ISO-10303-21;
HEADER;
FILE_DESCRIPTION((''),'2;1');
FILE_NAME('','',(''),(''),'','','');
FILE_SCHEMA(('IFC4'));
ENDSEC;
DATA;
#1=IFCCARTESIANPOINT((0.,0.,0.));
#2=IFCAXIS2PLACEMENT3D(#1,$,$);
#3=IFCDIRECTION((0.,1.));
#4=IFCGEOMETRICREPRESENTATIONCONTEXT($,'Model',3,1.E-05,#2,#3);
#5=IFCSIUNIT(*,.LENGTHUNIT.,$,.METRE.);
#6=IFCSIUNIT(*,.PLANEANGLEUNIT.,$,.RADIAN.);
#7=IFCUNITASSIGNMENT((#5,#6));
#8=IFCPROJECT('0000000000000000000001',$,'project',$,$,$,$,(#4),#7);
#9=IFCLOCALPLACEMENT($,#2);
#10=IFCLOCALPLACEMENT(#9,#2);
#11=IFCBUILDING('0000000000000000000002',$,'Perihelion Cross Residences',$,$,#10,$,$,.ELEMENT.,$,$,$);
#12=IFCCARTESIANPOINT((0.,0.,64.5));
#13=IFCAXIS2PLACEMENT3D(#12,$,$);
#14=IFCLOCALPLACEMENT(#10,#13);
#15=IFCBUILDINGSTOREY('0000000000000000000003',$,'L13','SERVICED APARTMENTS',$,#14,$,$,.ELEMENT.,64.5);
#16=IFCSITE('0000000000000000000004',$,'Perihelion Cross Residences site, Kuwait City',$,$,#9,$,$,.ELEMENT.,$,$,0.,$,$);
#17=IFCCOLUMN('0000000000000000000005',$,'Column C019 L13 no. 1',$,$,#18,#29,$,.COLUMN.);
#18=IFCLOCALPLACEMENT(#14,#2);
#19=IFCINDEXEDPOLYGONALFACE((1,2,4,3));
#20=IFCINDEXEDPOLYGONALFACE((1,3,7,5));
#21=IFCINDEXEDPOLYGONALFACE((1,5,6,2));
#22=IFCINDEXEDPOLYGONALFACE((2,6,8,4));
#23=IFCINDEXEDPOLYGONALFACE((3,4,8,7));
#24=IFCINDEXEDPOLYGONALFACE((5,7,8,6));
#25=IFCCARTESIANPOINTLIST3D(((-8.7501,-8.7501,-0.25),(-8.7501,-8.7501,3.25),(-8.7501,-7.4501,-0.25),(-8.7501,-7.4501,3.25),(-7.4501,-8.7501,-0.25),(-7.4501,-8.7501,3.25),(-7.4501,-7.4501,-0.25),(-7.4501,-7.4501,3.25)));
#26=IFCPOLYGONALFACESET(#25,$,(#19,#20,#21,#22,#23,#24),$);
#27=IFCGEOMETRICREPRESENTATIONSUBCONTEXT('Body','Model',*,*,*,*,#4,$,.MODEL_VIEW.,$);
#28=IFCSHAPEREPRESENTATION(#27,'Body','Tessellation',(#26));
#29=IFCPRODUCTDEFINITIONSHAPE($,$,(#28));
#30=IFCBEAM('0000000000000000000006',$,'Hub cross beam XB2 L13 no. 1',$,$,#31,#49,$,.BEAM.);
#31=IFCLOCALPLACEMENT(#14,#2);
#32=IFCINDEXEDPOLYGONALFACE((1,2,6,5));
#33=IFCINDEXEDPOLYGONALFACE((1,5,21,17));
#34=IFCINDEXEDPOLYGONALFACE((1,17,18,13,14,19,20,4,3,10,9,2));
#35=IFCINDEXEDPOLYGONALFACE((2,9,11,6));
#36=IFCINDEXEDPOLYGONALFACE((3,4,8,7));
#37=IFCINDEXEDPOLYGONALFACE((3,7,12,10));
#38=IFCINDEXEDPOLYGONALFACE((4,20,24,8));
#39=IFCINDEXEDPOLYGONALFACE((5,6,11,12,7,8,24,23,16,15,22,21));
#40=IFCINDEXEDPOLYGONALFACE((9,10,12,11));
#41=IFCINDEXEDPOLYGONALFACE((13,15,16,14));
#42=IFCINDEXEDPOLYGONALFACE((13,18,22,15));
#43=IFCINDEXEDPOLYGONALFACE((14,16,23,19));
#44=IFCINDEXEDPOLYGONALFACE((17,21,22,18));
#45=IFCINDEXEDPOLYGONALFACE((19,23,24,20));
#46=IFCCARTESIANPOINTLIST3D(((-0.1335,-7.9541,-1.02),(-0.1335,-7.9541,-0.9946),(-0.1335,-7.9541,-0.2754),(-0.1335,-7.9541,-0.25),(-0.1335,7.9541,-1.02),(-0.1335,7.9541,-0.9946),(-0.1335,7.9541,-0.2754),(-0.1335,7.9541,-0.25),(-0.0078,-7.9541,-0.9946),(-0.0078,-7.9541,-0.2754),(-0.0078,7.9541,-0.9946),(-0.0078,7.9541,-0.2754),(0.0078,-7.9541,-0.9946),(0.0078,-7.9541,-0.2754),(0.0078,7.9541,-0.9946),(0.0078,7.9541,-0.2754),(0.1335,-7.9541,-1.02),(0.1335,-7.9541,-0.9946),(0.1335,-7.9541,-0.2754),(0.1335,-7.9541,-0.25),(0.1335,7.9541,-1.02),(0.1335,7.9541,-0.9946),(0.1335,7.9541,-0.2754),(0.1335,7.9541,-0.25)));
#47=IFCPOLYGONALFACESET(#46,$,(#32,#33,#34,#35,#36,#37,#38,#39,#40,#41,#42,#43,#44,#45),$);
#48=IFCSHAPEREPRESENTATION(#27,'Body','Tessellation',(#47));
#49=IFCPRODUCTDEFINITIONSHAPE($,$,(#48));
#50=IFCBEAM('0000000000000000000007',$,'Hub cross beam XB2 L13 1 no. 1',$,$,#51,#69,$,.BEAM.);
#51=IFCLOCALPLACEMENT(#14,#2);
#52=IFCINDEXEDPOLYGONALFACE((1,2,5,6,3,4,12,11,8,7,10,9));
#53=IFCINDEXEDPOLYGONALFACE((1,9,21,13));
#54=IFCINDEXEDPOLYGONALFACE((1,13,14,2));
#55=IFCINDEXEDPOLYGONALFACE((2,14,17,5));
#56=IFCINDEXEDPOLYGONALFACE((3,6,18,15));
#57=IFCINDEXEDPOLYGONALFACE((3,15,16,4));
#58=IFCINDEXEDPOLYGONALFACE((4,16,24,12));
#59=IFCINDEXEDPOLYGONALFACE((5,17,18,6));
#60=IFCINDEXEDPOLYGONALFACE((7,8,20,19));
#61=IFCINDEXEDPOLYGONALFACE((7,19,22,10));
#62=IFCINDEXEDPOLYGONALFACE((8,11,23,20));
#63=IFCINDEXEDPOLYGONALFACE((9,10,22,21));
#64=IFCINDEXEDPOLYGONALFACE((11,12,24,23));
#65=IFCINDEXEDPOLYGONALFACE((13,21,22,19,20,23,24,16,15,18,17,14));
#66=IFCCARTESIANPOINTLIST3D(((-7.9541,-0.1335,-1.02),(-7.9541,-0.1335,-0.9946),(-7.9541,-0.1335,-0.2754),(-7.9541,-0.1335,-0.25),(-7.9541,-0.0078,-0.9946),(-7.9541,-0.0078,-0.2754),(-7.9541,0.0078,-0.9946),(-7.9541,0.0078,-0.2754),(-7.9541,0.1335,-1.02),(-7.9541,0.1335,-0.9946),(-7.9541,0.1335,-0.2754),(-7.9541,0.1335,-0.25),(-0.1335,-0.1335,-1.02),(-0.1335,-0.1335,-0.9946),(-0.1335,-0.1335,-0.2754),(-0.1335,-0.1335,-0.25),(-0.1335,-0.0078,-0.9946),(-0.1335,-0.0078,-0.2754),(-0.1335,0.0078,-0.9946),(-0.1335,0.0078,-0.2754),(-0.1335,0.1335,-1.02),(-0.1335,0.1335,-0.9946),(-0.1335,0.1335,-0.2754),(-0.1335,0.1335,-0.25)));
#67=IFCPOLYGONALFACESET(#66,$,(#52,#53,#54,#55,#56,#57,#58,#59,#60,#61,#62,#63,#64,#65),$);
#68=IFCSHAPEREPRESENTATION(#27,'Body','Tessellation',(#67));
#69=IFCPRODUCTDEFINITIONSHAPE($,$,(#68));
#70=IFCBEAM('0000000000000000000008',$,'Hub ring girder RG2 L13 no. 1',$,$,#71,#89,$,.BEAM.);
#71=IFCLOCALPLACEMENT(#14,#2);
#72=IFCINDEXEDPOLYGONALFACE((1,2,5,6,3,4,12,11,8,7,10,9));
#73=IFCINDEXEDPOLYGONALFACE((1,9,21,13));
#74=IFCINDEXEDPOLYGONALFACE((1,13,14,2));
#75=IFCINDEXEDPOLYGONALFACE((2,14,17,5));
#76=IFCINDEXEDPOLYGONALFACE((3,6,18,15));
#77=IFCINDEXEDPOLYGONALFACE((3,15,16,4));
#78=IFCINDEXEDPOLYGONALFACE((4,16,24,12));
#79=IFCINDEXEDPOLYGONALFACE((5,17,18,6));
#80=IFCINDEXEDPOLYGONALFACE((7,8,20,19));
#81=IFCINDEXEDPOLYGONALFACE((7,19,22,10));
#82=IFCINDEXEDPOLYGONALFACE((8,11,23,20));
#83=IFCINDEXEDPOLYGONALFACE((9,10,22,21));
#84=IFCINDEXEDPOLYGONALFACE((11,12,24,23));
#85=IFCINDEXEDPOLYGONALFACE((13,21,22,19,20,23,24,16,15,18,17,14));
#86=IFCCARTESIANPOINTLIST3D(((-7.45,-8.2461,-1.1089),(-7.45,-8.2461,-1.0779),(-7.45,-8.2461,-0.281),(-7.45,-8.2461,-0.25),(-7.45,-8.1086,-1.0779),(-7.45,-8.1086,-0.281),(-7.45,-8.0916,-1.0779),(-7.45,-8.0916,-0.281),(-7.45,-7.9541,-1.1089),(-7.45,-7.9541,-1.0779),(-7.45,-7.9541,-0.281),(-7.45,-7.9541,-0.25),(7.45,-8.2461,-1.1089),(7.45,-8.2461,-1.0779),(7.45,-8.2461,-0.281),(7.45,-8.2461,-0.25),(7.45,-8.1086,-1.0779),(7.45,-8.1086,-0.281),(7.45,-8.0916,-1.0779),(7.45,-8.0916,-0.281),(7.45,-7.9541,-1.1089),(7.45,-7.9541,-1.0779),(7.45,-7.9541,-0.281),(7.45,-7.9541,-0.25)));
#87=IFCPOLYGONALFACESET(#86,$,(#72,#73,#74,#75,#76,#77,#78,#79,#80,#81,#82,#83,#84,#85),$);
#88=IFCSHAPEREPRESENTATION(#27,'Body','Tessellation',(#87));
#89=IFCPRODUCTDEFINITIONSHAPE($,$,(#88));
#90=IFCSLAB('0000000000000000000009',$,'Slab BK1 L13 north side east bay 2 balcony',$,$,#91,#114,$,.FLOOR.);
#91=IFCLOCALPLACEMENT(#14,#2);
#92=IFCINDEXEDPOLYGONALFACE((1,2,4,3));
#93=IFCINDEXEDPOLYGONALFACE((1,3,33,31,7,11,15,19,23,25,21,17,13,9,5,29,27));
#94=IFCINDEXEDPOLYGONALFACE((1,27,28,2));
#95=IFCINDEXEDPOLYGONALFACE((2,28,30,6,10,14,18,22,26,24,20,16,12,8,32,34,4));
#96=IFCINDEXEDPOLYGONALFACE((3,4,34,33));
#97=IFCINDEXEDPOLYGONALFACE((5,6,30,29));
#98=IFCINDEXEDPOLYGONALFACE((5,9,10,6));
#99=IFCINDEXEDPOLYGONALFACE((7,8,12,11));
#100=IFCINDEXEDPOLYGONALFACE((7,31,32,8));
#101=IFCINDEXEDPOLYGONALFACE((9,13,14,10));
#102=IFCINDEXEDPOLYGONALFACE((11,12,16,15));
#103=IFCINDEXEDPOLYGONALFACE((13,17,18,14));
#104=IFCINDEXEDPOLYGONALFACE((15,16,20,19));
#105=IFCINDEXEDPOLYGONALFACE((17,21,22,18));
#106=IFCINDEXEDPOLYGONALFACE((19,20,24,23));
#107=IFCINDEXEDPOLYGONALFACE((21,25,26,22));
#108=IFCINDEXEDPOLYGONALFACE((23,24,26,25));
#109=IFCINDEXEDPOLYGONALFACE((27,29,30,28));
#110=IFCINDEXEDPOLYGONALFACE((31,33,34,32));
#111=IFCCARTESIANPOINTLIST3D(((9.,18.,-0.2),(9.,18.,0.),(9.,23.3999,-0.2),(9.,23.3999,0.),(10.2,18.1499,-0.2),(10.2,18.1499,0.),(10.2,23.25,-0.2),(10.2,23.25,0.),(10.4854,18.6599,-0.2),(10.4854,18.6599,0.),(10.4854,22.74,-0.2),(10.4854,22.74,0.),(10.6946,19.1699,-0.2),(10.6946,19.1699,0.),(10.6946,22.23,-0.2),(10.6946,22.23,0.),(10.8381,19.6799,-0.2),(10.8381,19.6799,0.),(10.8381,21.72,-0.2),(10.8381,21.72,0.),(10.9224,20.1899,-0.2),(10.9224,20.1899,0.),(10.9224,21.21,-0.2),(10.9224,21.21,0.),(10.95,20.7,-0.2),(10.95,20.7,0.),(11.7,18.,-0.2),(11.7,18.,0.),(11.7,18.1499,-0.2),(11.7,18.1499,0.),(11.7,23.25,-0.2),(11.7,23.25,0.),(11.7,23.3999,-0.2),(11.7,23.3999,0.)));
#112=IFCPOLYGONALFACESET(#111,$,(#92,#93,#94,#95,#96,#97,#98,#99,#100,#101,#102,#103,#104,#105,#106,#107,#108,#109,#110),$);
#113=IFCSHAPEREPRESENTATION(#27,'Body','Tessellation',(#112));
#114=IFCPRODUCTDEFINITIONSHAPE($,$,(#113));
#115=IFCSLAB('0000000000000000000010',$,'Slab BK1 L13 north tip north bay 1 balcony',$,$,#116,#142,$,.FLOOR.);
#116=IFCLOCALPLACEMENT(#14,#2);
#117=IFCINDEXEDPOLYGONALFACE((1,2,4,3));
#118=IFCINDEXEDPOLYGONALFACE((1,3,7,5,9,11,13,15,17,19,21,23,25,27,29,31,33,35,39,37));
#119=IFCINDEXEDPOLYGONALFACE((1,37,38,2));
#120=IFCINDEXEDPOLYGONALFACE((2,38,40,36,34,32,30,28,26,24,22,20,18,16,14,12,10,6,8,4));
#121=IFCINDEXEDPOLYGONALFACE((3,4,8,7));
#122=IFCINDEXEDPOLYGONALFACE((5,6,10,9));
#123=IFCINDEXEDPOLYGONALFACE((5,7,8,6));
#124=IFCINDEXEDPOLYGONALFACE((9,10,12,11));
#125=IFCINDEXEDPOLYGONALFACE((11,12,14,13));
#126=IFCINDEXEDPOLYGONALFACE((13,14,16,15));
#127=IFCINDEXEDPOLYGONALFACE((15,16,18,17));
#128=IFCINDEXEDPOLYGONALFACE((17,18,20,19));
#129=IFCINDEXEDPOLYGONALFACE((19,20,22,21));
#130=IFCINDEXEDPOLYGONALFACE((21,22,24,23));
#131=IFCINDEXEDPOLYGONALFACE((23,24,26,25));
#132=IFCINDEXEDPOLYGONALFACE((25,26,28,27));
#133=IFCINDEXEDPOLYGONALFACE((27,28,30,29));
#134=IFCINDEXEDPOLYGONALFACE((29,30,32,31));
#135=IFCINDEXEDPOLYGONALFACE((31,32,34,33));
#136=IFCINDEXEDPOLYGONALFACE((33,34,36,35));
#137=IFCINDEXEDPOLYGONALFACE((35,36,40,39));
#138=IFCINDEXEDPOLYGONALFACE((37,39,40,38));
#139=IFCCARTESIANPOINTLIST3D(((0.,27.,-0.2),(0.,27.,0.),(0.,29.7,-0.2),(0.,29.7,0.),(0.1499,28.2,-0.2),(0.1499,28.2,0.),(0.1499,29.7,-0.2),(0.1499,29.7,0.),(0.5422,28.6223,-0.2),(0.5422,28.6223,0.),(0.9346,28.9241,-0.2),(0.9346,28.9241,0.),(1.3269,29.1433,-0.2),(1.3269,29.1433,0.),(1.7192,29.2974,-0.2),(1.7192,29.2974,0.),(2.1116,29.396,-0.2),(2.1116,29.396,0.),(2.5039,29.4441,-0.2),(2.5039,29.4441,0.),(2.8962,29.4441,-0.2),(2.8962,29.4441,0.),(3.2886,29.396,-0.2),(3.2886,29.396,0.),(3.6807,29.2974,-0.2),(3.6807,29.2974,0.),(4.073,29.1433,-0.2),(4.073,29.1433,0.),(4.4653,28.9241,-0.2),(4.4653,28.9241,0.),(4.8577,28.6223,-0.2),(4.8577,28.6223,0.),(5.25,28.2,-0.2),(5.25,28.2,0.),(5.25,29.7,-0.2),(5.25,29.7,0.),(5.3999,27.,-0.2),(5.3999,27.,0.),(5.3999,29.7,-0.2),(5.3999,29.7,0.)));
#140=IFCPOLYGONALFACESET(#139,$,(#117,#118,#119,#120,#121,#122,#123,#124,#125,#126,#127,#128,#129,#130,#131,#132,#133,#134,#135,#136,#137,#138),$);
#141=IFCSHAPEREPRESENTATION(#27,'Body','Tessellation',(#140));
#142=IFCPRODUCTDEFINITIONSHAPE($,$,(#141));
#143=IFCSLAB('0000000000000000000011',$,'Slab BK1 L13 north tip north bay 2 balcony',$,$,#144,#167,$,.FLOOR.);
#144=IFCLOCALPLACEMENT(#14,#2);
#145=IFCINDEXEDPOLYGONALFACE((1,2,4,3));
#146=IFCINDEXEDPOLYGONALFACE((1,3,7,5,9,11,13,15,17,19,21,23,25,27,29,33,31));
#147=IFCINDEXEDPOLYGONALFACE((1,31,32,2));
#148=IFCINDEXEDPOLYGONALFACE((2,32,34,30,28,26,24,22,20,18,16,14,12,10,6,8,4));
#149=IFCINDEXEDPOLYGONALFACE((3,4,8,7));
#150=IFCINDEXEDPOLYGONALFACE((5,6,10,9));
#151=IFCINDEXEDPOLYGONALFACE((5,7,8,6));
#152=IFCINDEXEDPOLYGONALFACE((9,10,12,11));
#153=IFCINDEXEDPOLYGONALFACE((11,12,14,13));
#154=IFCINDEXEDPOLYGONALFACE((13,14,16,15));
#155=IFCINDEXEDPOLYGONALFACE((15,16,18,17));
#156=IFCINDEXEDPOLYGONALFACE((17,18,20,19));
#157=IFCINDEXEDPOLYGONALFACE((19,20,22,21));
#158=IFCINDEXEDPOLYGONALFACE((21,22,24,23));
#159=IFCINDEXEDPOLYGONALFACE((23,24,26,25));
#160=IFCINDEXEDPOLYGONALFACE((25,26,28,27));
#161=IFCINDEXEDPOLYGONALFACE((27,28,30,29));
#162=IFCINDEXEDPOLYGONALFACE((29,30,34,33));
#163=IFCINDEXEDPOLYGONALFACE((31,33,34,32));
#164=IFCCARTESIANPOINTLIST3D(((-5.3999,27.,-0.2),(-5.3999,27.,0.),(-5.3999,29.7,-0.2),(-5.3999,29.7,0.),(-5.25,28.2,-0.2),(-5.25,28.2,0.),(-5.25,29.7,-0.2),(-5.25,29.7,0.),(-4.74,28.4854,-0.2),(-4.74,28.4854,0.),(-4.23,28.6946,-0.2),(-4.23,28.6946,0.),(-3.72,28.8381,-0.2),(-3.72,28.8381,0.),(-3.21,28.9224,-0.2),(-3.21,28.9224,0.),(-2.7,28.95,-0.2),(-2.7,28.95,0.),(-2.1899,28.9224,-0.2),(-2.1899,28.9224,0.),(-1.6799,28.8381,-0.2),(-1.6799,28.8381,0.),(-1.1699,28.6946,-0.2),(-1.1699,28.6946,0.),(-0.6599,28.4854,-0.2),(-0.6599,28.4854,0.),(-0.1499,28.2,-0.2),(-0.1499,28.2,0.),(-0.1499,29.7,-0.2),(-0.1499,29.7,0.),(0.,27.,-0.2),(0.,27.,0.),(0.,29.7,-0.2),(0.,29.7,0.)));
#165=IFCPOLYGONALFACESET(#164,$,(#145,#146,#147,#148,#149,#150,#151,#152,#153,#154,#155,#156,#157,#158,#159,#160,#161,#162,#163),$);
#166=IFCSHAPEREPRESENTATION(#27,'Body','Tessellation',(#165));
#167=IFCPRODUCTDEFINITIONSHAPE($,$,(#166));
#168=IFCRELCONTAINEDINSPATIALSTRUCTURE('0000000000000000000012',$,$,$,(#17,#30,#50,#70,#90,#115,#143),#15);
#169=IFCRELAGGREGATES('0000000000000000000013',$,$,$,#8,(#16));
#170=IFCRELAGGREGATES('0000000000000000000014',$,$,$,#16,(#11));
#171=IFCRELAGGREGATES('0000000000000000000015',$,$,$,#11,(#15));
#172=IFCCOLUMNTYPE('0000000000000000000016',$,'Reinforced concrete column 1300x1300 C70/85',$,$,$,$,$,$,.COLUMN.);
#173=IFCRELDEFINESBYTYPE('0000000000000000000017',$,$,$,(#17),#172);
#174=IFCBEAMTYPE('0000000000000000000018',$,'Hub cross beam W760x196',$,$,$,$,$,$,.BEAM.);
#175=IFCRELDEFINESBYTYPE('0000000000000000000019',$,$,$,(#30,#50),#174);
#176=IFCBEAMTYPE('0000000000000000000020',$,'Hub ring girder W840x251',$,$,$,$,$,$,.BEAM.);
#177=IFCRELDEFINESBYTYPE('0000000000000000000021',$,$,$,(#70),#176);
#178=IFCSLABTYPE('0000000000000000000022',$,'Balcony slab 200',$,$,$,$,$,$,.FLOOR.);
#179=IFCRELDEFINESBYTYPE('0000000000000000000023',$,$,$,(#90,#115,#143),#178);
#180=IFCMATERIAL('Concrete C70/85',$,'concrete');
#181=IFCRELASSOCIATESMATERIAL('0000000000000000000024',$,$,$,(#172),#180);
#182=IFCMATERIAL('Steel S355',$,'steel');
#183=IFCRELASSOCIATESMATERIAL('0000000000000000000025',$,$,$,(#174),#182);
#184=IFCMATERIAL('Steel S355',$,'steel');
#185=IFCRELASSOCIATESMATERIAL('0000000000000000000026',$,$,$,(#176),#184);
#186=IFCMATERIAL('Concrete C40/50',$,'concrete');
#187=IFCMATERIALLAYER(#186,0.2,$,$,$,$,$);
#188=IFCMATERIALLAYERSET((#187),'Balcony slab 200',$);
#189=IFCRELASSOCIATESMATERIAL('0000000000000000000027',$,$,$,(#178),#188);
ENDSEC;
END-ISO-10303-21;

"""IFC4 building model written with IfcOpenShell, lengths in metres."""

from ifc_helpers import new_model, si_unit, direction, frame, origin, origin_2d, place, context, subcontext, project, spatial, polyline, rectangle, i_section, outline, extrude, material, layer, layer_set, material_profile, profile_set, type_object, element, save


model = new_model("IFC4")

# Units and contexts
model_context = context("Model", 3, precision=1e-05, world=origin(), true_north=direction((0.0, 1.0)))
body_context = subcontext(model_context, "Body", "Model", "MODEL_VIEW")
ifc_project = project(units=[si_unit("LENGTHUNIT", "METRE"), si_unit("PLANEANGLEUNIT", "RADIAN")], contexts=[model_context])

# Site, building, storey
site_placement = place(None, origin())
site = spatial("IfcSite", under=ifc_project, at=site_placement, Name="Perihelion Cross Residences site, Kuwait City", CompositionType="ELEMENT", RefElevation=0.0)
building_placement = place(site_placement, origin())
building = spatial("IfcBuilding", under=site, at=building_placement, Name="Perihelion Cross Residences", CompositionType="ELEMENT")
storey_placement = place(building_placement, frame((0.0, 0.0, 64.5)))
storey = spatial("IfcBuildingStorey", under=building, at=storey_placement, Name="L13", Description="SERVICED APARTMENTS", CompositionType="ELEMENT", Elevation=64.5)

# Column
ifc_material_1 = material(Name="Concrete C70/85", Category="concrete")
ifc_material_profile_1 = material_profile(ifc_material_1, rectangle(XDim=1.3, YDim=1.3, at=origin_2d()), Name="RC 1300x1300")
ifc_profile_set_1 = profile_set([ifc_material_profile_1], Name="Concrete C70/85")
column_type = type_object("IfcColumnType", Name="Reinforced concrete column 1300x1300 C70/85", PredefinedType="COLUMN", material=ifc_profile_set_1)
column_placement = place(storey_placement, frame((-8.1001, -8.1001, -0.25), z_axis=(0.0, 0.0, 1.0), x_axis=(1.0, 0.0, 0.0)))
element("IfcColumn", 1, at=column_placement, inside=storey, type_object=column_type, Name="Column C019 L13 no. 1", PredefinedType="COLUMN", context=body_context, shape_type="SweptSolid", body=[
    extrude(rectangle(XDim=1.3, YDim=1.3, at=origin_2d()), origin(), (0.0, 0.0, 1.0), 3.5),
])

# Beams
ifc_material_2 = material(Name="Steel S355", Category="steel")
ifc_material_profile_2 = material_profile(ifc_material_2, i_section(OverallWidth=0.2671, OverallDepth=0.77, WebThickness=0.0156, FlangeThickness=0.0254, at=origin_2d()), Name="W760x196")
ifc_profile_set_2 = profile_set([ifc_material_profile_2], Name="Steel S355")
beam_type_1 = type_object("IfcBeamType", Name="Hub cross beam W760x196", PredefinedType="BEAM", material=ifc_profile_set_2)
beam_1_placement = place(storey_placement, frame((0.0, -7.9541, -0.635), z_axis=(0.0, 1.0, 0.0), x_axis=(-1.0, 0.0, 0.0)))
element("IfcBeam", 2, at=beam_1_placement, inside=storey, type_object=beam_type_1, Name="Hub cross beam XB2 L13 no. 1", PredefinedType="BEAM", context=body_context, shape_type="SweptSolid", body=[
    extrude(i_section(OverallWidth=0.2671, OverallDepth=0.77, WebThickness=0.0156, FlangeThickness=0.0254, at=origin_2d()), origin(), (0.0, 0.0, 1.0), 15.9082),
])
beam_2_placement = place(storey_placement, frame((-7.9541, 0.0, -0.635), z_axis=(1.0, 0.0, 0.0), x_axis=(0.0, 1.0, 0.0)))
element("IfcBeam", 3, at=beam_2_placement, inside=storey, type_object=beam_type_1, Name="Hub cross beam XB2 L13 1 no. 1", PredefinedType="BEAM", context=body_context, shape_type="SweptSolid", body=[
    extrude(i_section(OverallWidth=0.2671, OverallDepth=0.77, WebThickness=0.0156, FlangeThickness=0.0254, at=origin_2d()), origin(), (0.0, 0.0, 1.0), 7.8206),
])
ifc_material_3 = material(Name="Steel S355", Category="steel")
ifc_material_profile_3 = material_profile(ifc_material_3, i_section(OverallWidth=0.292, OverallDepth=0.8589, WebThickness=0.0171, FlangeThickness=0.031, at=origin_2d()), Name="W840x251")
ifc_profile_set_3 = profile_set([ifc_material_profile_3], Name="Steel S355")
beam_type_2 = type_object("IfcBeamType", Name="Hub ring girder W840x251", PredefinedType="BEAM", material=ifc_profile_set_3)
beam_3_placement = place(storey_placement, frame((-7.45, -8.1001, -0.6794), z_axis=(1.0, 0.0, 0.0), x_axis=(0.0, 1.0, 0.0)))
element("IfcBeam", 4, at=beam_3_placement, inside=storey, type_object=beam_type_2, Name="Hub ring girder RG2 L13 no. 1", PredefinedType="BEAM", context=body_context, shape_type="SweptSolid", body=[
    extrude(i_section(OverallWidth=0.292, OverallDepth=0.8589, WebThickness=0.0171, FlangeThickness=0.031, at=origin_2d()), origin(), (0.0, 0.0, 1.0), 14.8999),
])

# Slabs
ifc_material_4 = material(Name="Concrete C40/50", Category="concrete")
ifc_layer_1 = layer(ifc_material_4, 0.2)
ifc_layer_set_1 = layer_set([ifc_layer_1], Name="Balcony slab 200")
slab_type_1 = type_object("IfcSlabType", Name="Balcony slab 200", PredefinedType="FLOOR", material=ifc_layer_set_1)
slab_1_placement = place(storey_placement, frame((0.0, 0.0, -0.2)))
element("IfcSlab", 5, at=slab_1_placement, inside=storey, type_object=slab_type_1, Name="Slab BK1 L13 north side east bay 2 balcony", PredefinedType="FLOOR", context=body_context, shape_type="SweptSolid", body=[
    extrude(outline(polyline([(9.0, 18.0), (9.0, 23.3999), (11.7, 23.3999), (11.7, 23.25), (10.2, 23.25), (10.4854, 22.74), (10.6946, 22.23), (10.8381, 21.72), (10.9224, 21.21), (10.95, 20.7), (10.9224, 20.1899), (10.8381, 19.6799), (10.6946, 19.1699), (10.4854, 18.6599), (10.2, 18.1499), (11.7, 18.1499), (11.7, 18.0), (9.0, 18.0)])), origin(), (0.0, 0.0, 1.0), 0.2),
])
slab_2_placement = place(storey_placement, frame((0.0, 0.0, -0.2)))
element("IfcSlab", 6, at=slab_2_placement, inside=storey, type_object=slab_type_1, Name="Slab BK1 L13 north tip north bay 1 balcony", PredefinedType="FLOOR", context=body_context, shape_type="SweptSolid", body=[
    extrude(outline(polyline([(5.3999, 27.0), (0.0, 27.0), (0.0, 29.7), (0.1499, 29.7), (0.1499, 28.2), (0.5422, 28.6223), (0.9346, 28.9241), (1.3269, 29.1433), (1.7192, 29.2974), (2.1116, 29.396), (2.5039, 29.4441), (2.8962, 29.4441), (3.2886, 29.396), (3.6807, 29.2974), (4.073, 29.1433), (4.4653, 28.9241), (4.8577, 28.6223), (5.25, 28.2), (5.25, 29.7), (5.3999, 29.7), (5.3999, 27.0)])), origin(), (0.0, 0.0, 1.0), 0.2),
])
slab_3_placement = place(storey_placement, frame((0.0, 0.0, -0.2)))
element("IfcSlab", 7, at=slab_3_placement, inside=storey, type_object=slab_type_1, Name="Slab BK1 L13 north tip north bay 2 balcony", PredefinedType="FLOOR", context=body_context, shape_type="SweptSolid", body=[
    extrude(outline(polyline([(0.0, 27.0), (-5.3999, 27.0), (-5.3999, 29.7), (-5.25, 29.7), (-5.25, 28.2), (-4.74, 28.4854), (-4.23, 28.6946), (-3.72, 28.8381), (-3.21, 28.9224), (-2.7, 28.95), (-2.1899, 28.9224), (-1.6799, 28.8381), (-1.1699, 28.6946), (-0.6599, 28.4854), (-0.1499, 28.2), (-0.1499, 29.7), (0.0, 29.7), (0.0, 27.0)])), origin(), (0.0, 0.0, 1.0), 0.2),
])

save(model, "model.ifc")
